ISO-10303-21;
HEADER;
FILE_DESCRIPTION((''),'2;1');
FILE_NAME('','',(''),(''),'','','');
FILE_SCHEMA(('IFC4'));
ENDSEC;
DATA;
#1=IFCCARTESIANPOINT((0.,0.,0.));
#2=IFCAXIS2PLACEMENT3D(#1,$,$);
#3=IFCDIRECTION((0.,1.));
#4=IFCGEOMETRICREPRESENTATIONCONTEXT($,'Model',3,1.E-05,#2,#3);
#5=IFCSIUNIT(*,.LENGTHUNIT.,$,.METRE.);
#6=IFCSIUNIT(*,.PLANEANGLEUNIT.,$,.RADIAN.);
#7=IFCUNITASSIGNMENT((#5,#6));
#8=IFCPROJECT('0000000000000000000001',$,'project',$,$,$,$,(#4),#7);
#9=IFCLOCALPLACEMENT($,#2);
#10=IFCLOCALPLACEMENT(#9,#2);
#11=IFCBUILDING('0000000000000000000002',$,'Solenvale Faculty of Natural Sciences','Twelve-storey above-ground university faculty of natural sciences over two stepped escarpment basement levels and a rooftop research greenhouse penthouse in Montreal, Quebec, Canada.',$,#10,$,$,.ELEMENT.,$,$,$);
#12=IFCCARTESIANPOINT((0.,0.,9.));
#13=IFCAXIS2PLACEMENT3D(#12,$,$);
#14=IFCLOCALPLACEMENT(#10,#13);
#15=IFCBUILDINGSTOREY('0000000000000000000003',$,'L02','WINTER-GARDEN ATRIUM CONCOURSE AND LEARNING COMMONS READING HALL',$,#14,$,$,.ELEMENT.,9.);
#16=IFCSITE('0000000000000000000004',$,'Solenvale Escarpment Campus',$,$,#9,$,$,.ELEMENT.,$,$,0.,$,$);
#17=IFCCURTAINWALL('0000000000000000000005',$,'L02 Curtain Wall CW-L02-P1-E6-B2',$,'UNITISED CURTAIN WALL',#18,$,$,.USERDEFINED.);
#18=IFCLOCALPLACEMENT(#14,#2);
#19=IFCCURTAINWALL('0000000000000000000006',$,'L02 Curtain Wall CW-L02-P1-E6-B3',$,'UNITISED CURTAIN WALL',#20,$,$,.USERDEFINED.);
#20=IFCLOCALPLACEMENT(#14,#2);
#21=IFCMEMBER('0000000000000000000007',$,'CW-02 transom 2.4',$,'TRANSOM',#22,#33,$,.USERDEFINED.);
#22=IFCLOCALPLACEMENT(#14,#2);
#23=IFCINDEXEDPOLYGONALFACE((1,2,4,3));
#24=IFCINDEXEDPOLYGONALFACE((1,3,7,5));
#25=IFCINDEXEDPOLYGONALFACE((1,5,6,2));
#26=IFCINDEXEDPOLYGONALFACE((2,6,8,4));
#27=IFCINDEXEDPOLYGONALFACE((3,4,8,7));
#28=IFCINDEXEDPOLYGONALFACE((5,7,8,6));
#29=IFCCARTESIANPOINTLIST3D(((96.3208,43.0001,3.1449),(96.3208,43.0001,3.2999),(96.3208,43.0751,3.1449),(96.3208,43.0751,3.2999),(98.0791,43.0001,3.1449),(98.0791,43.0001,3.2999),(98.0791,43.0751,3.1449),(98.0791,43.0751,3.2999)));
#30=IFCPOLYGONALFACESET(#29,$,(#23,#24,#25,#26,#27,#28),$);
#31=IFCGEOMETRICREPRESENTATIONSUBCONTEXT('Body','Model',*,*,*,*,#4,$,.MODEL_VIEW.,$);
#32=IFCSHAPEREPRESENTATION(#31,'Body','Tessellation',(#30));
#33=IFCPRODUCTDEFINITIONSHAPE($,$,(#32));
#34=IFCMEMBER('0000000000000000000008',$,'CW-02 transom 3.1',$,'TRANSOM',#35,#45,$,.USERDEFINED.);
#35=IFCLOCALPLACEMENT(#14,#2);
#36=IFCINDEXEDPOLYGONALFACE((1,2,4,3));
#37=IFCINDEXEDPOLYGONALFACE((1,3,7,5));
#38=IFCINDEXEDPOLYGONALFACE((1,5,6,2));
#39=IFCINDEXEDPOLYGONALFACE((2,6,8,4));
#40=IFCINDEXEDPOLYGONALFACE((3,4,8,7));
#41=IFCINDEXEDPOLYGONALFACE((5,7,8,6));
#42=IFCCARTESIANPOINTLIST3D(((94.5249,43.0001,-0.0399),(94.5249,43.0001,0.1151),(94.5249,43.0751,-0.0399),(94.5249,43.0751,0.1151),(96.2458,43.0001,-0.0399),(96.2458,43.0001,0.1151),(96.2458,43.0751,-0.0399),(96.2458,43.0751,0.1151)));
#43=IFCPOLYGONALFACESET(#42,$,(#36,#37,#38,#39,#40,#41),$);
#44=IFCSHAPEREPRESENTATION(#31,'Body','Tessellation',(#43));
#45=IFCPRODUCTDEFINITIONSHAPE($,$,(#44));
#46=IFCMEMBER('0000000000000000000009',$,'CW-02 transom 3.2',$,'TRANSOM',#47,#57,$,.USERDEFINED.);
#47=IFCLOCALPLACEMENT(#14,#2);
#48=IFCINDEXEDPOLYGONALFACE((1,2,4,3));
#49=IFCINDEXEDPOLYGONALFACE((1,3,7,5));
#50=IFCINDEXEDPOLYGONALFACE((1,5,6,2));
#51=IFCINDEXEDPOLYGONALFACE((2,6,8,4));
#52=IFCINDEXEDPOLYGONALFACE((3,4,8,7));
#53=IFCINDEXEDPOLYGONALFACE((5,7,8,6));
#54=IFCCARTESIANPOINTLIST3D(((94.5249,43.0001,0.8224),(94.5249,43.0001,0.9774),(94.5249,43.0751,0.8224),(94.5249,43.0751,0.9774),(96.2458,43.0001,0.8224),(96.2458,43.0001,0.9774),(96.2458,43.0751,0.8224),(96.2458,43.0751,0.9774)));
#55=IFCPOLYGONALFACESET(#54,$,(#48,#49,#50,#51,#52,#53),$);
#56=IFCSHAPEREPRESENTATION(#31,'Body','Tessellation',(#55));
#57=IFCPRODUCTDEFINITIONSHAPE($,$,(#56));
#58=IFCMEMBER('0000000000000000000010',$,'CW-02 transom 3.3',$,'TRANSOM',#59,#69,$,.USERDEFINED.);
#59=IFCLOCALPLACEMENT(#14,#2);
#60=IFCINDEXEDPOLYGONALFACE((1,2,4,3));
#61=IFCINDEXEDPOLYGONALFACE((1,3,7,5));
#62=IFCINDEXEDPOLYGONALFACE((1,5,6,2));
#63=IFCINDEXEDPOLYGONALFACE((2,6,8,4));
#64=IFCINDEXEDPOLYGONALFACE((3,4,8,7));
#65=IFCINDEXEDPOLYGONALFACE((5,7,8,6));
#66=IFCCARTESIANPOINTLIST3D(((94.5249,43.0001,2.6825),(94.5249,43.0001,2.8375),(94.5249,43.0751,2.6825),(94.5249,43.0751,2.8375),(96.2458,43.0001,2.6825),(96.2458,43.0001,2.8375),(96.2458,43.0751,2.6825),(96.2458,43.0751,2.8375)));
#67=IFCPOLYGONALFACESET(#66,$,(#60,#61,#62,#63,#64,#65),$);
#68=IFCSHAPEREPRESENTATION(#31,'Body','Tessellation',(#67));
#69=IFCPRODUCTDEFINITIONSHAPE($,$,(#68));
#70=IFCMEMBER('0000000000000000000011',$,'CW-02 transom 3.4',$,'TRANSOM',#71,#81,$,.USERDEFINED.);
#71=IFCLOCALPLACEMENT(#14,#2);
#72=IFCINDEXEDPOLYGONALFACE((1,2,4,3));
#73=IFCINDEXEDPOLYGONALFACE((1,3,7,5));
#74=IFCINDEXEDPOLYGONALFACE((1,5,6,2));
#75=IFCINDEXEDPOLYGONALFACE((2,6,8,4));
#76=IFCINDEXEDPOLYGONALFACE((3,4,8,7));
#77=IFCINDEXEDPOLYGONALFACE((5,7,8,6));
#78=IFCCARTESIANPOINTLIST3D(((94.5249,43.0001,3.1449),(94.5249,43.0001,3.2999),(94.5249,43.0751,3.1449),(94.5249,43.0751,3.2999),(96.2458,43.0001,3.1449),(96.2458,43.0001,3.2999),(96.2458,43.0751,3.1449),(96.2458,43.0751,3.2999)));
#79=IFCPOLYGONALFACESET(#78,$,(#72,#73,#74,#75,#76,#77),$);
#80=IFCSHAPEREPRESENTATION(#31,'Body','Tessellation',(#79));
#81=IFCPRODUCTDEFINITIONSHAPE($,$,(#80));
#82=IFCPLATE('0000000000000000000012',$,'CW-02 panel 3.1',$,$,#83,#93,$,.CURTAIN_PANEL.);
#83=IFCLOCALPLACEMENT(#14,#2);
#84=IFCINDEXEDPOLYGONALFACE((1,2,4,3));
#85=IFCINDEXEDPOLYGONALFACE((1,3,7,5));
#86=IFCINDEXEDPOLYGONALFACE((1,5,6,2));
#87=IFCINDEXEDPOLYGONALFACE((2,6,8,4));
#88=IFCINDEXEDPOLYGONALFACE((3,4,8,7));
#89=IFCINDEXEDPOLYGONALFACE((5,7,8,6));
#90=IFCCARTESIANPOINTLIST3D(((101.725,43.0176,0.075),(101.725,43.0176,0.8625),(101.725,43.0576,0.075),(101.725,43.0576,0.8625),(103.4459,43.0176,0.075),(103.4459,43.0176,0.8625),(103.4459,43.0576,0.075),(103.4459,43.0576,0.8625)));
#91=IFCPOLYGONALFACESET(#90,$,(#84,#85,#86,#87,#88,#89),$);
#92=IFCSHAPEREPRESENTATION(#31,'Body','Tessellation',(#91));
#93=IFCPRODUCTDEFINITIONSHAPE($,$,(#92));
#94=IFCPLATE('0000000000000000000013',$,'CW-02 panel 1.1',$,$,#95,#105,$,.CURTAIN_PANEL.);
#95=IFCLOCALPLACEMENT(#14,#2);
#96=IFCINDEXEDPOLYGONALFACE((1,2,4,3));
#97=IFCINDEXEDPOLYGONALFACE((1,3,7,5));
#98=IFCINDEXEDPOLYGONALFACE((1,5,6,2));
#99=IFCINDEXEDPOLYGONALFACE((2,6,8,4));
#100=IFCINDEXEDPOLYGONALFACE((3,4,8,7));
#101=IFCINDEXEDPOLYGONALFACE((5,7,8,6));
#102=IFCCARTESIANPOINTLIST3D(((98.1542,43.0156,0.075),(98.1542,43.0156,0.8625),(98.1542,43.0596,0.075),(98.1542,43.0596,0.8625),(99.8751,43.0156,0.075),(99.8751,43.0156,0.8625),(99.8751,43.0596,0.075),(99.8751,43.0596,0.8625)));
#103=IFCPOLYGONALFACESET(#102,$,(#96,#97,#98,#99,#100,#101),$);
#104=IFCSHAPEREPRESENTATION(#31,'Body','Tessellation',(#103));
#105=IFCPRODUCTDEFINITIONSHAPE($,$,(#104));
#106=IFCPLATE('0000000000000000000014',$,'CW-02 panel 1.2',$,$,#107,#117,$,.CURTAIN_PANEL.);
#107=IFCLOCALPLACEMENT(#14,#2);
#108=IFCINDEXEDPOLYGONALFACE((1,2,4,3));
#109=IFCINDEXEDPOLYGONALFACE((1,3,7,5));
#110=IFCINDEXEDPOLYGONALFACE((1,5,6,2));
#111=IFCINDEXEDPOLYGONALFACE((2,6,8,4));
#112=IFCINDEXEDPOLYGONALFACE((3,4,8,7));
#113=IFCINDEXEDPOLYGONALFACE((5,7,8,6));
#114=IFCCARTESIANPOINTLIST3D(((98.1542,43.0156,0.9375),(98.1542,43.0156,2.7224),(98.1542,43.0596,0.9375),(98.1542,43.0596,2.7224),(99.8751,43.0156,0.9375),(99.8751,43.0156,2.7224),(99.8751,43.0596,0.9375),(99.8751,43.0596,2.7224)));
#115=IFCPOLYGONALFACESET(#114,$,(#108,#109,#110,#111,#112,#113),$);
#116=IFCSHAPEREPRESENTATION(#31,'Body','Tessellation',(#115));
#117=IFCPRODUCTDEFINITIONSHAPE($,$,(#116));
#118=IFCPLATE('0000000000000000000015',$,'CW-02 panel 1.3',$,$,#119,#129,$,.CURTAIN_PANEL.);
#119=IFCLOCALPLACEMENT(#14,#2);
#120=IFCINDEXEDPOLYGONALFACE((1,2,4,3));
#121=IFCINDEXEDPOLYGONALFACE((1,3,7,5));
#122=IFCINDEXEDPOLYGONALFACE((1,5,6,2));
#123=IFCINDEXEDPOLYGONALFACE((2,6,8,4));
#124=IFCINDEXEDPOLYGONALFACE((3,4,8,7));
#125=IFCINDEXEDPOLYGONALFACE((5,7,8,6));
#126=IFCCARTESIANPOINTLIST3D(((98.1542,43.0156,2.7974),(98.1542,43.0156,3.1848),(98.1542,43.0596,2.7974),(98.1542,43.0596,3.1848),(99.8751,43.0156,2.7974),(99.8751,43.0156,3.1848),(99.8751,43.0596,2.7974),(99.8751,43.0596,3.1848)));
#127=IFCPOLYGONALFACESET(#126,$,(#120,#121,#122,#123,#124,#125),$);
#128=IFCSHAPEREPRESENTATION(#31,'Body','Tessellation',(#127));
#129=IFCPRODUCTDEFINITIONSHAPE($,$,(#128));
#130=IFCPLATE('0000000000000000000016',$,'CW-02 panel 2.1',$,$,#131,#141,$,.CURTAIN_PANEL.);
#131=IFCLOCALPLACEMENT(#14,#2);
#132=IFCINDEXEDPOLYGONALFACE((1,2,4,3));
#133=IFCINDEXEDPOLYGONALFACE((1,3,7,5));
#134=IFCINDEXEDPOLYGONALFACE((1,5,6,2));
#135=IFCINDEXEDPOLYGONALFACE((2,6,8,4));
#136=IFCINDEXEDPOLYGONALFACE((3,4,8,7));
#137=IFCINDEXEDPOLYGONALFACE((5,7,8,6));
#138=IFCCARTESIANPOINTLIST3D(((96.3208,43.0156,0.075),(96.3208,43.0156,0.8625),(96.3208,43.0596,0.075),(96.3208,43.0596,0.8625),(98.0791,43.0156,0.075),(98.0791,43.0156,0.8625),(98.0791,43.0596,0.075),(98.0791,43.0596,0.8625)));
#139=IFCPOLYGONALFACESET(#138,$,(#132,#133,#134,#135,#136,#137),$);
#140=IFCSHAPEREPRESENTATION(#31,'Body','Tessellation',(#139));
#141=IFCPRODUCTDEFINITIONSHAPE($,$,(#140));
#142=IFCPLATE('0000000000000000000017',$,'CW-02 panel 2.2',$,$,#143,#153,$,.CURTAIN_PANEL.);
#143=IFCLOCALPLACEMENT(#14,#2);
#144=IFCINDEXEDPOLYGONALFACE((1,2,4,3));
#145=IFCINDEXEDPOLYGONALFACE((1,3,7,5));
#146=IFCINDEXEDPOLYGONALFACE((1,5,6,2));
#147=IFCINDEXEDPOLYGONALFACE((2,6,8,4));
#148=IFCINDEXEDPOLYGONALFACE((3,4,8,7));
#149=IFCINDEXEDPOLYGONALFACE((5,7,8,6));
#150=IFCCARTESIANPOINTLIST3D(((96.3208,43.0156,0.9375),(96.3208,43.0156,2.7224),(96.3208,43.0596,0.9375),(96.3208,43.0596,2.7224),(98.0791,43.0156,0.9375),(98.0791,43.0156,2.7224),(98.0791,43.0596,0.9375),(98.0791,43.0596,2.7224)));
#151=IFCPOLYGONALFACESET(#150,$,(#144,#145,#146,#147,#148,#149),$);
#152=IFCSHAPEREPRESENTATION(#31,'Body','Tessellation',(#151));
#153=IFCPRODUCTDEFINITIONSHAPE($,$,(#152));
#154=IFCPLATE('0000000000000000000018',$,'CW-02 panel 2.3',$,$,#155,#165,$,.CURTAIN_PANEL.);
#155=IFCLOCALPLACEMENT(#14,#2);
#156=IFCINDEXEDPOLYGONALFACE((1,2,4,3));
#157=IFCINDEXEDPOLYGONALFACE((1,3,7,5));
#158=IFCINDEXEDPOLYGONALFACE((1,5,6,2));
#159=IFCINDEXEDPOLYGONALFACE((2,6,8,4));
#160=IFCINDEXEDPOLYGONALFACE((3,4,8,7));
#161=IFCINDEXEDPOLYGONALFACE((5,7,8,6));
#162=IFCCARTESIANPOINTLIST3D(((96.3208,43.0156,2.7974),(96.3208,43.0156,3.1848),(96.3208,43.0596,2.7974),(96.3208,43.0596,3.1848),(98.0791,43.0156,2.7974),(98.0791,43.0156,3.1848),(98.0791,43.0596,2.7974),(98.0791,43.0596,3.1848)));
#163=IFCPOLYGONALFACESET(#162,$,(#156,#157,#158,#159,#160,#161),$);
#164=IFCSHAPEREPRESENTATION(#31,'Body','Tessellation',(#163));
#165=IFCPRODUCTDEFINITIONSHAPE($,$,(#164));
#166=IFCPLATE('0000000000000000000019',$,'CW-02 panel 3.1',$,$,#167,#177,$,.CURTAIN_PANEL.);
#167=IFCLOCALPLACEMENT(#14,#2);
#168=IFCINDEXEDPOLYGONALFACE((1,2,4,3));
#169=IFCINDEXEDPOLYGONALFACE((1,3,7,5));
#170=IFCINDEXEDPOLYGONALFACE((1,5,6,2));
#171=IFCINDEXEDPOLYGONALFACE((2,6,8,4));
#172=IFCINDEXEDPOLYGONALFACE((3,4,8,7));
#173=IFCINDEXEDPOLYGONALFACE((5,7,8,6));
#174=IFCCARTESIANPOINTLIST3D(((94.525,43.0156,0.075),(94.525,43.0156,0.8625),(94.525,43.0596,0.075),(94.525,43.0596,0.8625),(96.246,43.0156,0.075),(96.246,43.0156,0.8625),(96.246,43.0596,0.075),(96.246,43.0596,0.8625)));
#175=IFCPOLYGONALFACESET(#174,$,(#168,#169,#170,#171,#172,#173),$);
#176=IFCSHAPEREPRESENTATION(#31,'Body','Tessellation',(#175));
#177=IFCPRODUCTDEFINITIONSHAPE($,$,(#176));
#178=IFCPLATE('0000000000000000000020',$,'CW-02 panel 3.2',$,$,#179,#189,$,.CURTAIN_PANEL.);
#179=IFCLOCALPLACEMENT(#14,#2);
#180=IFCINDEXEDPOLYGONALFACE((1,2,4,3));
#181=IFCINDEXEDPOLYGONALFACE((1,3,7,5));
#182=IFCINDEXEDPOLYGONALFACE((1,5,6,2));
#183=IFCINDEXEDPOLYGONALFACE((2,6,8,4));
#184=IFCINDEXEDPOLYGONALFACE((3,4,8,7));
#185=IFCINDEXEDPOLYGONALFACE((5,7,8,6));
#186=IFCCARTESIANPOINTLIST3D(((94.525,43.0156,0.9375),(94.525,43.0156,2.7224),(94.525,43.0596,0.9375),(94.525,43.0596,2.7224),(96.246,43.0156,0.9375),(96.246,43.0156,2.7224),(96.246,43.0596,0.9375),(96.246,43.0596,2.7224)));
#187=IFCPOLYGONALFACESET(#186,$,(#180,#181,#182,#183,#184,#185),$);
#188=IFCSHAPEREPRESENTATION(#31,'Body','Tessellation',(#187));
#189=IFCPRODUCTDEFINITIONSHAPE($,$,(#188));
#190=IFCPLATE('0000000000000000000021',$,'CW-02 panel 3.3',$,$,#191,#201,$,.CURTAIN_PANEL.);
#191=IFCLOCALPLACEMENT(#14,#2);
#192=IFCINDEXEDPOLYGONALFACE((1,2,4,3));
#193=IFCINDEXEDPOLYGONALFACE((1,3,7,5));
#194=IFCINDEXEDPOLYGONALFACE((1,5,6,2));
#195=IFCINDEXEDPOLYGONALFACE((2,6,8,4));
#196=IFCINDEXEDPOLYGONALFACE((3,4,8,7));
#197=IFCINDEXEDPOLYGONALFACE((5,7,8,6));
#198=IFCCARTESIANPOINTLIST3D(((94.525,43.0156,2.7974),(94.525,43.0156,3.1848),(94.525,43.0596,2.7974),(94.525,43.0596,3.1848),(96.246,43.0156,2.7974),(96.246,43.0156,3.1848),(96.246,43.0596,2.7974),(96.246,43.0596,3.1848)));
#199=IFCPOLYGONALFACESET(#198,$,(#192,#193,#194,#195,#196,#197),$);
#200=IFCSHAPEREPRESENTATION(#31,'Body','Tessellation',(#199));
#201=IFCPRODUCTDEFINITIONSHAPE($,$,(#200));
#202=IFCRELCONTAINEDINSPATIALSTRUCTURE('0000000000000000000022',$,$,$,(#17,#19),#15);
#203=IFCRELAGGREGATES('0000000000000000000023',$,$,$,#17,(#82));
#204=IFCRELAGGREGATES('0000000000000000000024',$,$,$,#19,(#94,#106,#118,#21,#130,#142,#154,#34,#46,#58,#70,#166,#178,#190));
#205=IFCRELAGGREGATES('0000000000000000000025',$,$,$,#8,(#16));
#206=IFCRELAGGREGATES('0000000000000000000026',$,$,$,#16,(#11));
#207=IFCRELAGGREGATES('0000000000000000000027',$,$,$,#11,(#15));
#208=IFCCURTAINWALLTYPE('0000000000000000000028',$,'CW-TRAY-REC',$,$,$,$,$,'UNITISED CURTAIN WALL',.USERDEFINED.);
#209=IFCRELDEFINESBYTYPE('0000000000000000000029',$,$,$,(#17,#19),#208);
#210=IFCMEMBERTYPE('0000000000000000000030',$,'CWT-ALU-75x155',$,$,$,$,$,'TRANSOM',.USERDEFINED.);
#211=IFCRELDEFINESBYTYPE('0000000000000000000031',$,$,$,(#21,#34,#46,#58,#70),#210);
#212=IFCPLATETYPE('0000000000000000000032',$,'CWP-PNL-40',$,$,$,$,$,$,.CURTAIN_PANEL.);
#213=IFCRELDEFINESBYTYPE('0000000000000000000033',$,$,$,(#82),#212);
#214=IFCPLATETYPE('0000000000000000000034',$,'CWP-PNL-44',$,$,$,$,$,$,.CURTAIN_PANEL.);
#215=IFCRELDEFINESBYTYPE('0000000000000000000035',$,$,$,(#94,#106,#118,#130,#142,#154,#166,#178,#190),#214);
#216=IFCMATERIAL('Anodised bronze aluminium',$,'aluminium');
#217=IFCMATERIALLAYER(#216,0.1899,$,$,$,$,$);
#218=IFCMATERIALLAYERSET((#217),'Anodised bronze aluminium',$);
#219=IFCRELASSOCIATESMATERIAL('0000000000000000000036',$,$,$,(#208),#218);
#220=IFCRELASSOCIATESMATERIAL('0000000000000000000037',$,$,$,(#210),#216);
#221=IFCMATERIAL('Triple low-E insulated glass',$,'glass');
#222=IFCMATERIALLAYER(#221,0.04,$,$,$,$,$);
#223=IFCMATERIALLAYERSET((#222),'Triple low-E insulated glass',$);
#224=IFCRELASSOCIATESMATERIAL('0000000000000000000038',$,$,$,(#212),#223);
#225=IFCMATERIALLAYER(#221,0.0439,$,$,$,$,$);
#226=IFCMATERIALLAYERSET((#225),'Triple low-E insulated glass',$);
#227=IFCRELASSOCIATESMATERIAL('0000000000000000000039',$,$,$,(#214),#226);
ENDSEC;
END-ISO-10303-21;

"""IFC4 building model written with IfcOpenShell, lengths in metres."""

from ifc_helpers import new_model, si_unit, direction, frame, origin, origin_2d, place, context, subcontext, project, spatial, rectangle, extrude, material, layer, layer_set, material_profile, profile_set, type_object, element, aggregate, save


model = new_model("IFC4")

# Units and contexts
model_context = context("Model", 3, precision=1e-05, world=origin(), true_north=direction((0.0, 1.0)))
body_context = subcontext(model_context, "Body", "Model", "MODEL_VIEW")
ifc_project = project(units=[si_unit("LENGTHUNIT", "METRE"), si_unit("PLANEANGLEUNIT", "RADIAN")], contexts=[model_context])

# Site, building, storey
site_placement = place(None, origin())
site = spatial("IfcSite", under=ifc_project, at=site_placement, Name="Solenvale Escarpment Campus", CompositionType="ELEMENT", RefElevation=0.0)
building_placement = place(site_placement, origin())
building = spatial("IfcBuilding", under=site, at=building_placement, Name="Solenvale Faculty of Natural Sciences", Description="Twelve-storey above-ground university faculty of natural sciences over two stepped escarpment basement levels and a rooftop research greenhouse penthouse in Montreal, Quebec, Canada.", CompositionType="ELEMENT")
storey_placement = place(building_placement, frame((0.0, 0.0, 9.0)))
storey = spatial("IfcBuildingStorey", under=building, at=storey_placement, Name="L02", Description="WINTER-GARDEN ATRIUM CONCOURSE AND LEARNING COMMONS READING HALL", CompositionType="ELEMENT", Elevation=9.0)

# Curtain wall
ifc_material_1 = material(Name="Anodised bronze aluminium", Category="aluminium")
ifc_layer_1 = layer(ifc_material_1, 0.1899)
ifc_layer_set_1 = layer_set([ifc_layer_1], Name="Anodised bronze aluminium")
curtain_wall_type = type_object("IfcCurtainWallType", Name="CW-TRAY-REC", ElementType="UNITISED CURTAIN WALL", PredefinedType="USERDEFINED", material=ifc_layer_set_1)
curtain_wall_1_placement = place(storey_placement, origin())
curtain_wall_1 = element("IfcCurtainWall", 1, at=curtain_wall_1_placement, inside=storey, type_object=curtain_wall_type, Name="L02 Curtain Wall CW-L02-P1-E6-B2", ObjectType="UNITISED CURTAIN WALL", PredefinedType="USERDEFINED")

# Curtain wall, members
curtain_wall_2_placement = place(storey_placement, origin())
curtain_wall_2 = element("IfcCurtainWall", 2, at=curtain_wall_2_placement, inside=storey, type_object=curtain_wall_type, Name="L02 Curtain Wall CW-L02-P1-E6-B3", ObjectType="UNITISED CURTAIN WALL", PredefinedType="USERDEFINED")
ifc_material_profile_1 = material_profile(ifc_material_1, rectangle(XDim=0.075, YDim=0.155, at=origin_2d()), Name="ALU-TRN-75x155")
ifc_profile_set_1 = profile_set([ifc_material_profile_1], Name="Anodised bronze aluminium")
member_type_1 = type_object("IfcMemberType", Name="CWT-ALU-75x155", ElementType="TRANSOM", PredefinedType="USERDEFINED", material=ifc_profile_set_1)
member_1_placement = place(storey_placement, frame((98.0791, 43.0376, 3.2224), z_axis=(-1.0, 0.0, 0.0), x_axis=(0.0, -1.0, 0.0)))
member_1 = element("IfcMember", 3, at=member_1_placement, type_object=member_type_1, Name="CW-02 transom 2.4", ObjectType="TRANSOM", PredefinedType="USERDEFINED", context=body_context, shape_type="SweptSolid", body=[
    extrude(rectangle(XDim=0.075, YDim=0.155, at=origin_2d()), origin(), (0.0, 0.0, 1.0), 1.7583),
])
member_2_placement = place(storey_placement, frame((96.2458, 43.0376, 0.0376), z_axis=(-1.0, 0.0, 0.0), x_axis=(0.0, -1.0, 0.0)))
member_2 = element("IfcMember", 4, at=member_2_placement, type_object=member_type_1, Name="CW-02 transom 3.1", ObjectType="TRANSOM", PredefinedType="USERDEFINED", context=body_context, shape_type="SweptSolid", body=[
    extrude(rectangle(XDim=0.075, YDim=0.155, at=origin_2d()), origin(), (0.0, 0.0, 1.0), 1.7209),
])
member_3_placement = place(storey_placement, frame((96.2458, 43.0376, 0.8999), z_axis=(-1.0, 0.0, 0.0), x_axis=(0.0, -1.0, 0.0)))
member_3 = element("IfcMember", 5, at=member_3_placement, type_object=member_type_1, Name="CW-02 transom 3.2", ObjectType="TRANSOM", PredefinedType="USERDEFINED", context=body_context, shape_type="SweptSolid", body=[
    extrude(rectangle(XDim=0.075, YDim=0.155, at=origin_2d()), origin(), (0.0, 0.0, 1.0), 1.7209),
])
member_4_placement = place(storey_placement, frame((96.2458, 43.0376, 2.76), z_axis=(-1.0, 0.0, 0.0), x_axis=(0.0, -1.0, 0.0)))
member_4 = element("IfcMember", 6, at=member_4_placement, type_object=member_type_1, Name="CW-02 transom 3.3", ObjectType="TRANSOM", PredefinedType="USERDEFINED", context=body_context, shape_type="SweptSolid", body=[
    extrude(rectangle(XDim=0.075, YDim=0.155, at=origin_2d()), origin(), (0.0, 0.0, 1.0), 1.7209),
])
member_5_placement = place(storey_placement, frame((96.2458, 43.0376, 3.2224), z_axis=(-1.0, 0.0, 0.0), x_axis=(0.0, -1.0, 0.0)))
member_5 = element("IfcMember", 7, at=member_5_placement, type_object=member_type_1, Name="CW-02 transom 3.4", ObjectType="TRANSOM", PredefinedType="USERDEFINED", context=body_context, shape_type="SweptSolid", body=[
    extrude(rectangle(XDim=0.075, YDim=0.155, at=origin_2d()), origin(), (0.0, 0.0, 1.0), 1.7209),
])

# Plates
ifc_material_2 = material(Name="Triple low-E insulated glass", Category="glass")
ifc_layer_2 = layer(ifc_material_2, 0.04)
ifc_layer_set_2 = layer_set([ifc_layer_2], Name="Triple low-E insulated glass")
plate_type_1 = type_object("IfcPlateType", Name="CWP-PNL-40", PredefinedType="CURTAIN_PANEL", material=ifc_layer_set_2)
plate_1_placement = place(storey_placement, frame((102.5854, 43.0376, 0.075), z_axis=(0.0, 0.0, 1.0), x_axis=(-1.0, 0.0, 0.0)))
plate_1 = element("IfcPlate", 8, at=plate_1_placement, type_object=plate_type_1, Name="CW-02 panel 3.1", PredefinedType="CURTAIN_PANEL", context=body_context, shape_type="SweptSolid", body=[
    extrude(rectangle(XDim=1.7209, YDim=0.04, at=origin_2d()), origin(), (0.0, 0.0, 1.0), 0.7876),
])
aggregate(curtain_wall_1, [plate_1])
ifc_layer_3 = layer(ifc_material_2, 0.0439)
ifc_layer_set_3 = layer_set([ifc_layer_3], Name="Triple low-E insulated glass")
plate_type_2 = type_object("IfcPlateType", Name="CWP-PNL-44", PredefinedType="CURTAIN_PANEL", material=ifc_layer_set_3)
plate_2_placement = place(storey_placement, frame((99.0146, 43.0376, 0.075), z_axis=(0.0, 0.0, 1.0), x_axis=(-1.0, 0.0, 0.0)))
plate_2 = element("IfcPlate", 9, at=plate_2_placement, type_object=plate_type_2, Name="CW-02 panel 1.1", PredefinedType="CURTAIN_PANEL", context=body_context, shape_type="SweptSolid", body=[
    extrude(rectangle(XDim=1.7209, YDim=0.0439, at=origin_2d()), origin(), (0.0, 0.0, 1.0), 0.7876),
])
plate_3_placement = place(storey_placement, frame((99.0146, 43.0376, 0.9375), z_axis=(0.0, 0.0, 1.0), x_axis=(-1.0, 0.0, 0.0)))
plate_3 = element("IfcPlate", 10, at=plate_3_placement, type_object=plate_type_2, Name="CW-02 panel 1.2", PredefinedType="CURTAIN_PANEL", context=body_context, shape_type="SweptSolid", body=[
    extrude(rectangle(XDim=1.7209, YDim=0.0439, at=origin_2d()), origin(), (0.0, 0.0, 1.0), 1.7849),
])
plate_4_placement = place(storey_placement, frame((99.0146, 43.0376, 2.7974), z_axis=(0.0, 0.0, 1.0), x_axis=(-1.0, 0.0, 0.0)))
plate_4 = element("IfcPlate", 11, at=plate_4_placement, type_object=plate_type_2, Name="CW-02 panel 1.3", PredefinedType="CURTAIN_PANEL", context=body_context, shape_type="SweptSolid", body=[
    extrude(rectangle(XDim=1.7209, YDim=0.0439, at=origin_2d()), origin(), (0.0, 0.0, 1.0), 0.3875),
])
plate_5_placement = place(storey_placement, frame((97.2, 43.0376, 0.075), z_axis=(0.0, 0.0, 1.0), x_axis=(-1.0, 0.0, 0.0)))
plate_5 = element("IfcPlate", 12, at=plate_5_placement, type_object=plate_type_2, Name="CW-02 panel 2.1", PredefinedType="CURTAIN_PANEL", context=body_context, shape_type="SweptSolid", body=[
    extrude(rectangle(XDim=1.7583, YDim=0.0439, at=origin_2d()), origin(), (0.0, 0.0, 1.0), 0.7876),
])
plate_6_placement = place(storey_placement, frame((97.2, 43.0376, 0.9375), z_axis=(0.0, 0.0, 1.0), x_axis=(-1.0, 0.0, 0.0)))
plate_6 = element("IfcPlate", 13, at=plate_6_placement, type_object=plate_type_2, Name="CW-02 panel 2.2", PredefinedType="CURTAIN_PANEL", context=body_context, shape_type="SweptSolid", body=[
    extrude(rectangle(XDim=1.7583, YDim=0.0439, at=origin_2d()), origin(), (0.0, 0.0, 1.0), 1.7849),
])
plate_7_placement = place(storey_placement, frame((97.2, 43.0376, 2.7974), z_axis=(0.0, 0.0, 1.0), x_axis=(-1.0, 0.0, 0.0)))
plate_7 = element("IfcPlate", 14, at=plate_7_placement, type_object=plate_type_2, Name="CW-02 panel 2.3", PredefinedType="CURTAIN_PANEL", context=body_context, shape_type="SweptSolid", body=[
    extrude(rectangle(XDim=1.7583, YDim=0.0439, at=origin_2d()), origin(), (0.0, 0.0, 1.0), 0.3875),
])
plate_8_placement = place(storey_placement, frame((95.3855, 43.0376, 0.075), z_axis=(0.0, 0.0, 1.0), x_axis=(-1.0, 0.0, 0.0)))
plate_8 = element("IfcPlate", 15, at=plate_8_placement, type_object=plate_type_2, Name="CW-02 panel 3.1", PredefinedType="CURTAIN_PANEL", context=body_context, shape_type="SweptSolid", body=[
    extrude(rectangle(XDim=1.7209, YDim=0.0439, at=origin_2d()), origin(), (0.0, 0.0, 1.0), 0.7876),
])
plate_9_placement = place(storey_placement, frame((95.3855, 43.0376, 0.9375), z_axis=(0.0, 0.0, 1.0), x_axis=(-1.0, 0.0, 0.0)))
plate_9 = element("IfcPlate", 16, at=plate_9_placement, type_object=plate_type_2, Name="CW-02 panel 3.2", PredefinedType="CURTAIN_PANEL", context=body_context, shape_type="SweptSolid", body=[
    extrude(rectangle(XDim=1.7209, YDim=0.0439, at=origin_2d()), origin(), (0.0, 0.0, 1.0), 1.7849),
])
plate_10_placement = place(storey_placement, frame((95.3855, 43.0376, 2.7974), z_axis=(0.0, 0.0, 1.0), x_axis=(-1.0, 0.0, 0.0)))
plate_10 = element("IfcPlate", 17, at=plate_10_placement, type_object=plate_type_2, Name="CW-02 panel 3.3", PredefinedType="CURTAIN_PANEL", context=body_context, shape_type="SweptSolid", body=[
    extrude(rectangle(XDim=1.7209, YDim=0.0439, at=origin_2d()), origin(), (0.0, 0.0, 1.0), 0.3875),
])
aggregate(curtain_wall_2, [plate_2, plate_3, plate_4, member_1, plate_5, plate_6, plate_7, member_2, member_3, member_4, member_5, plate_8, plate_9, plate_10])

save(model, "model.ifc")
